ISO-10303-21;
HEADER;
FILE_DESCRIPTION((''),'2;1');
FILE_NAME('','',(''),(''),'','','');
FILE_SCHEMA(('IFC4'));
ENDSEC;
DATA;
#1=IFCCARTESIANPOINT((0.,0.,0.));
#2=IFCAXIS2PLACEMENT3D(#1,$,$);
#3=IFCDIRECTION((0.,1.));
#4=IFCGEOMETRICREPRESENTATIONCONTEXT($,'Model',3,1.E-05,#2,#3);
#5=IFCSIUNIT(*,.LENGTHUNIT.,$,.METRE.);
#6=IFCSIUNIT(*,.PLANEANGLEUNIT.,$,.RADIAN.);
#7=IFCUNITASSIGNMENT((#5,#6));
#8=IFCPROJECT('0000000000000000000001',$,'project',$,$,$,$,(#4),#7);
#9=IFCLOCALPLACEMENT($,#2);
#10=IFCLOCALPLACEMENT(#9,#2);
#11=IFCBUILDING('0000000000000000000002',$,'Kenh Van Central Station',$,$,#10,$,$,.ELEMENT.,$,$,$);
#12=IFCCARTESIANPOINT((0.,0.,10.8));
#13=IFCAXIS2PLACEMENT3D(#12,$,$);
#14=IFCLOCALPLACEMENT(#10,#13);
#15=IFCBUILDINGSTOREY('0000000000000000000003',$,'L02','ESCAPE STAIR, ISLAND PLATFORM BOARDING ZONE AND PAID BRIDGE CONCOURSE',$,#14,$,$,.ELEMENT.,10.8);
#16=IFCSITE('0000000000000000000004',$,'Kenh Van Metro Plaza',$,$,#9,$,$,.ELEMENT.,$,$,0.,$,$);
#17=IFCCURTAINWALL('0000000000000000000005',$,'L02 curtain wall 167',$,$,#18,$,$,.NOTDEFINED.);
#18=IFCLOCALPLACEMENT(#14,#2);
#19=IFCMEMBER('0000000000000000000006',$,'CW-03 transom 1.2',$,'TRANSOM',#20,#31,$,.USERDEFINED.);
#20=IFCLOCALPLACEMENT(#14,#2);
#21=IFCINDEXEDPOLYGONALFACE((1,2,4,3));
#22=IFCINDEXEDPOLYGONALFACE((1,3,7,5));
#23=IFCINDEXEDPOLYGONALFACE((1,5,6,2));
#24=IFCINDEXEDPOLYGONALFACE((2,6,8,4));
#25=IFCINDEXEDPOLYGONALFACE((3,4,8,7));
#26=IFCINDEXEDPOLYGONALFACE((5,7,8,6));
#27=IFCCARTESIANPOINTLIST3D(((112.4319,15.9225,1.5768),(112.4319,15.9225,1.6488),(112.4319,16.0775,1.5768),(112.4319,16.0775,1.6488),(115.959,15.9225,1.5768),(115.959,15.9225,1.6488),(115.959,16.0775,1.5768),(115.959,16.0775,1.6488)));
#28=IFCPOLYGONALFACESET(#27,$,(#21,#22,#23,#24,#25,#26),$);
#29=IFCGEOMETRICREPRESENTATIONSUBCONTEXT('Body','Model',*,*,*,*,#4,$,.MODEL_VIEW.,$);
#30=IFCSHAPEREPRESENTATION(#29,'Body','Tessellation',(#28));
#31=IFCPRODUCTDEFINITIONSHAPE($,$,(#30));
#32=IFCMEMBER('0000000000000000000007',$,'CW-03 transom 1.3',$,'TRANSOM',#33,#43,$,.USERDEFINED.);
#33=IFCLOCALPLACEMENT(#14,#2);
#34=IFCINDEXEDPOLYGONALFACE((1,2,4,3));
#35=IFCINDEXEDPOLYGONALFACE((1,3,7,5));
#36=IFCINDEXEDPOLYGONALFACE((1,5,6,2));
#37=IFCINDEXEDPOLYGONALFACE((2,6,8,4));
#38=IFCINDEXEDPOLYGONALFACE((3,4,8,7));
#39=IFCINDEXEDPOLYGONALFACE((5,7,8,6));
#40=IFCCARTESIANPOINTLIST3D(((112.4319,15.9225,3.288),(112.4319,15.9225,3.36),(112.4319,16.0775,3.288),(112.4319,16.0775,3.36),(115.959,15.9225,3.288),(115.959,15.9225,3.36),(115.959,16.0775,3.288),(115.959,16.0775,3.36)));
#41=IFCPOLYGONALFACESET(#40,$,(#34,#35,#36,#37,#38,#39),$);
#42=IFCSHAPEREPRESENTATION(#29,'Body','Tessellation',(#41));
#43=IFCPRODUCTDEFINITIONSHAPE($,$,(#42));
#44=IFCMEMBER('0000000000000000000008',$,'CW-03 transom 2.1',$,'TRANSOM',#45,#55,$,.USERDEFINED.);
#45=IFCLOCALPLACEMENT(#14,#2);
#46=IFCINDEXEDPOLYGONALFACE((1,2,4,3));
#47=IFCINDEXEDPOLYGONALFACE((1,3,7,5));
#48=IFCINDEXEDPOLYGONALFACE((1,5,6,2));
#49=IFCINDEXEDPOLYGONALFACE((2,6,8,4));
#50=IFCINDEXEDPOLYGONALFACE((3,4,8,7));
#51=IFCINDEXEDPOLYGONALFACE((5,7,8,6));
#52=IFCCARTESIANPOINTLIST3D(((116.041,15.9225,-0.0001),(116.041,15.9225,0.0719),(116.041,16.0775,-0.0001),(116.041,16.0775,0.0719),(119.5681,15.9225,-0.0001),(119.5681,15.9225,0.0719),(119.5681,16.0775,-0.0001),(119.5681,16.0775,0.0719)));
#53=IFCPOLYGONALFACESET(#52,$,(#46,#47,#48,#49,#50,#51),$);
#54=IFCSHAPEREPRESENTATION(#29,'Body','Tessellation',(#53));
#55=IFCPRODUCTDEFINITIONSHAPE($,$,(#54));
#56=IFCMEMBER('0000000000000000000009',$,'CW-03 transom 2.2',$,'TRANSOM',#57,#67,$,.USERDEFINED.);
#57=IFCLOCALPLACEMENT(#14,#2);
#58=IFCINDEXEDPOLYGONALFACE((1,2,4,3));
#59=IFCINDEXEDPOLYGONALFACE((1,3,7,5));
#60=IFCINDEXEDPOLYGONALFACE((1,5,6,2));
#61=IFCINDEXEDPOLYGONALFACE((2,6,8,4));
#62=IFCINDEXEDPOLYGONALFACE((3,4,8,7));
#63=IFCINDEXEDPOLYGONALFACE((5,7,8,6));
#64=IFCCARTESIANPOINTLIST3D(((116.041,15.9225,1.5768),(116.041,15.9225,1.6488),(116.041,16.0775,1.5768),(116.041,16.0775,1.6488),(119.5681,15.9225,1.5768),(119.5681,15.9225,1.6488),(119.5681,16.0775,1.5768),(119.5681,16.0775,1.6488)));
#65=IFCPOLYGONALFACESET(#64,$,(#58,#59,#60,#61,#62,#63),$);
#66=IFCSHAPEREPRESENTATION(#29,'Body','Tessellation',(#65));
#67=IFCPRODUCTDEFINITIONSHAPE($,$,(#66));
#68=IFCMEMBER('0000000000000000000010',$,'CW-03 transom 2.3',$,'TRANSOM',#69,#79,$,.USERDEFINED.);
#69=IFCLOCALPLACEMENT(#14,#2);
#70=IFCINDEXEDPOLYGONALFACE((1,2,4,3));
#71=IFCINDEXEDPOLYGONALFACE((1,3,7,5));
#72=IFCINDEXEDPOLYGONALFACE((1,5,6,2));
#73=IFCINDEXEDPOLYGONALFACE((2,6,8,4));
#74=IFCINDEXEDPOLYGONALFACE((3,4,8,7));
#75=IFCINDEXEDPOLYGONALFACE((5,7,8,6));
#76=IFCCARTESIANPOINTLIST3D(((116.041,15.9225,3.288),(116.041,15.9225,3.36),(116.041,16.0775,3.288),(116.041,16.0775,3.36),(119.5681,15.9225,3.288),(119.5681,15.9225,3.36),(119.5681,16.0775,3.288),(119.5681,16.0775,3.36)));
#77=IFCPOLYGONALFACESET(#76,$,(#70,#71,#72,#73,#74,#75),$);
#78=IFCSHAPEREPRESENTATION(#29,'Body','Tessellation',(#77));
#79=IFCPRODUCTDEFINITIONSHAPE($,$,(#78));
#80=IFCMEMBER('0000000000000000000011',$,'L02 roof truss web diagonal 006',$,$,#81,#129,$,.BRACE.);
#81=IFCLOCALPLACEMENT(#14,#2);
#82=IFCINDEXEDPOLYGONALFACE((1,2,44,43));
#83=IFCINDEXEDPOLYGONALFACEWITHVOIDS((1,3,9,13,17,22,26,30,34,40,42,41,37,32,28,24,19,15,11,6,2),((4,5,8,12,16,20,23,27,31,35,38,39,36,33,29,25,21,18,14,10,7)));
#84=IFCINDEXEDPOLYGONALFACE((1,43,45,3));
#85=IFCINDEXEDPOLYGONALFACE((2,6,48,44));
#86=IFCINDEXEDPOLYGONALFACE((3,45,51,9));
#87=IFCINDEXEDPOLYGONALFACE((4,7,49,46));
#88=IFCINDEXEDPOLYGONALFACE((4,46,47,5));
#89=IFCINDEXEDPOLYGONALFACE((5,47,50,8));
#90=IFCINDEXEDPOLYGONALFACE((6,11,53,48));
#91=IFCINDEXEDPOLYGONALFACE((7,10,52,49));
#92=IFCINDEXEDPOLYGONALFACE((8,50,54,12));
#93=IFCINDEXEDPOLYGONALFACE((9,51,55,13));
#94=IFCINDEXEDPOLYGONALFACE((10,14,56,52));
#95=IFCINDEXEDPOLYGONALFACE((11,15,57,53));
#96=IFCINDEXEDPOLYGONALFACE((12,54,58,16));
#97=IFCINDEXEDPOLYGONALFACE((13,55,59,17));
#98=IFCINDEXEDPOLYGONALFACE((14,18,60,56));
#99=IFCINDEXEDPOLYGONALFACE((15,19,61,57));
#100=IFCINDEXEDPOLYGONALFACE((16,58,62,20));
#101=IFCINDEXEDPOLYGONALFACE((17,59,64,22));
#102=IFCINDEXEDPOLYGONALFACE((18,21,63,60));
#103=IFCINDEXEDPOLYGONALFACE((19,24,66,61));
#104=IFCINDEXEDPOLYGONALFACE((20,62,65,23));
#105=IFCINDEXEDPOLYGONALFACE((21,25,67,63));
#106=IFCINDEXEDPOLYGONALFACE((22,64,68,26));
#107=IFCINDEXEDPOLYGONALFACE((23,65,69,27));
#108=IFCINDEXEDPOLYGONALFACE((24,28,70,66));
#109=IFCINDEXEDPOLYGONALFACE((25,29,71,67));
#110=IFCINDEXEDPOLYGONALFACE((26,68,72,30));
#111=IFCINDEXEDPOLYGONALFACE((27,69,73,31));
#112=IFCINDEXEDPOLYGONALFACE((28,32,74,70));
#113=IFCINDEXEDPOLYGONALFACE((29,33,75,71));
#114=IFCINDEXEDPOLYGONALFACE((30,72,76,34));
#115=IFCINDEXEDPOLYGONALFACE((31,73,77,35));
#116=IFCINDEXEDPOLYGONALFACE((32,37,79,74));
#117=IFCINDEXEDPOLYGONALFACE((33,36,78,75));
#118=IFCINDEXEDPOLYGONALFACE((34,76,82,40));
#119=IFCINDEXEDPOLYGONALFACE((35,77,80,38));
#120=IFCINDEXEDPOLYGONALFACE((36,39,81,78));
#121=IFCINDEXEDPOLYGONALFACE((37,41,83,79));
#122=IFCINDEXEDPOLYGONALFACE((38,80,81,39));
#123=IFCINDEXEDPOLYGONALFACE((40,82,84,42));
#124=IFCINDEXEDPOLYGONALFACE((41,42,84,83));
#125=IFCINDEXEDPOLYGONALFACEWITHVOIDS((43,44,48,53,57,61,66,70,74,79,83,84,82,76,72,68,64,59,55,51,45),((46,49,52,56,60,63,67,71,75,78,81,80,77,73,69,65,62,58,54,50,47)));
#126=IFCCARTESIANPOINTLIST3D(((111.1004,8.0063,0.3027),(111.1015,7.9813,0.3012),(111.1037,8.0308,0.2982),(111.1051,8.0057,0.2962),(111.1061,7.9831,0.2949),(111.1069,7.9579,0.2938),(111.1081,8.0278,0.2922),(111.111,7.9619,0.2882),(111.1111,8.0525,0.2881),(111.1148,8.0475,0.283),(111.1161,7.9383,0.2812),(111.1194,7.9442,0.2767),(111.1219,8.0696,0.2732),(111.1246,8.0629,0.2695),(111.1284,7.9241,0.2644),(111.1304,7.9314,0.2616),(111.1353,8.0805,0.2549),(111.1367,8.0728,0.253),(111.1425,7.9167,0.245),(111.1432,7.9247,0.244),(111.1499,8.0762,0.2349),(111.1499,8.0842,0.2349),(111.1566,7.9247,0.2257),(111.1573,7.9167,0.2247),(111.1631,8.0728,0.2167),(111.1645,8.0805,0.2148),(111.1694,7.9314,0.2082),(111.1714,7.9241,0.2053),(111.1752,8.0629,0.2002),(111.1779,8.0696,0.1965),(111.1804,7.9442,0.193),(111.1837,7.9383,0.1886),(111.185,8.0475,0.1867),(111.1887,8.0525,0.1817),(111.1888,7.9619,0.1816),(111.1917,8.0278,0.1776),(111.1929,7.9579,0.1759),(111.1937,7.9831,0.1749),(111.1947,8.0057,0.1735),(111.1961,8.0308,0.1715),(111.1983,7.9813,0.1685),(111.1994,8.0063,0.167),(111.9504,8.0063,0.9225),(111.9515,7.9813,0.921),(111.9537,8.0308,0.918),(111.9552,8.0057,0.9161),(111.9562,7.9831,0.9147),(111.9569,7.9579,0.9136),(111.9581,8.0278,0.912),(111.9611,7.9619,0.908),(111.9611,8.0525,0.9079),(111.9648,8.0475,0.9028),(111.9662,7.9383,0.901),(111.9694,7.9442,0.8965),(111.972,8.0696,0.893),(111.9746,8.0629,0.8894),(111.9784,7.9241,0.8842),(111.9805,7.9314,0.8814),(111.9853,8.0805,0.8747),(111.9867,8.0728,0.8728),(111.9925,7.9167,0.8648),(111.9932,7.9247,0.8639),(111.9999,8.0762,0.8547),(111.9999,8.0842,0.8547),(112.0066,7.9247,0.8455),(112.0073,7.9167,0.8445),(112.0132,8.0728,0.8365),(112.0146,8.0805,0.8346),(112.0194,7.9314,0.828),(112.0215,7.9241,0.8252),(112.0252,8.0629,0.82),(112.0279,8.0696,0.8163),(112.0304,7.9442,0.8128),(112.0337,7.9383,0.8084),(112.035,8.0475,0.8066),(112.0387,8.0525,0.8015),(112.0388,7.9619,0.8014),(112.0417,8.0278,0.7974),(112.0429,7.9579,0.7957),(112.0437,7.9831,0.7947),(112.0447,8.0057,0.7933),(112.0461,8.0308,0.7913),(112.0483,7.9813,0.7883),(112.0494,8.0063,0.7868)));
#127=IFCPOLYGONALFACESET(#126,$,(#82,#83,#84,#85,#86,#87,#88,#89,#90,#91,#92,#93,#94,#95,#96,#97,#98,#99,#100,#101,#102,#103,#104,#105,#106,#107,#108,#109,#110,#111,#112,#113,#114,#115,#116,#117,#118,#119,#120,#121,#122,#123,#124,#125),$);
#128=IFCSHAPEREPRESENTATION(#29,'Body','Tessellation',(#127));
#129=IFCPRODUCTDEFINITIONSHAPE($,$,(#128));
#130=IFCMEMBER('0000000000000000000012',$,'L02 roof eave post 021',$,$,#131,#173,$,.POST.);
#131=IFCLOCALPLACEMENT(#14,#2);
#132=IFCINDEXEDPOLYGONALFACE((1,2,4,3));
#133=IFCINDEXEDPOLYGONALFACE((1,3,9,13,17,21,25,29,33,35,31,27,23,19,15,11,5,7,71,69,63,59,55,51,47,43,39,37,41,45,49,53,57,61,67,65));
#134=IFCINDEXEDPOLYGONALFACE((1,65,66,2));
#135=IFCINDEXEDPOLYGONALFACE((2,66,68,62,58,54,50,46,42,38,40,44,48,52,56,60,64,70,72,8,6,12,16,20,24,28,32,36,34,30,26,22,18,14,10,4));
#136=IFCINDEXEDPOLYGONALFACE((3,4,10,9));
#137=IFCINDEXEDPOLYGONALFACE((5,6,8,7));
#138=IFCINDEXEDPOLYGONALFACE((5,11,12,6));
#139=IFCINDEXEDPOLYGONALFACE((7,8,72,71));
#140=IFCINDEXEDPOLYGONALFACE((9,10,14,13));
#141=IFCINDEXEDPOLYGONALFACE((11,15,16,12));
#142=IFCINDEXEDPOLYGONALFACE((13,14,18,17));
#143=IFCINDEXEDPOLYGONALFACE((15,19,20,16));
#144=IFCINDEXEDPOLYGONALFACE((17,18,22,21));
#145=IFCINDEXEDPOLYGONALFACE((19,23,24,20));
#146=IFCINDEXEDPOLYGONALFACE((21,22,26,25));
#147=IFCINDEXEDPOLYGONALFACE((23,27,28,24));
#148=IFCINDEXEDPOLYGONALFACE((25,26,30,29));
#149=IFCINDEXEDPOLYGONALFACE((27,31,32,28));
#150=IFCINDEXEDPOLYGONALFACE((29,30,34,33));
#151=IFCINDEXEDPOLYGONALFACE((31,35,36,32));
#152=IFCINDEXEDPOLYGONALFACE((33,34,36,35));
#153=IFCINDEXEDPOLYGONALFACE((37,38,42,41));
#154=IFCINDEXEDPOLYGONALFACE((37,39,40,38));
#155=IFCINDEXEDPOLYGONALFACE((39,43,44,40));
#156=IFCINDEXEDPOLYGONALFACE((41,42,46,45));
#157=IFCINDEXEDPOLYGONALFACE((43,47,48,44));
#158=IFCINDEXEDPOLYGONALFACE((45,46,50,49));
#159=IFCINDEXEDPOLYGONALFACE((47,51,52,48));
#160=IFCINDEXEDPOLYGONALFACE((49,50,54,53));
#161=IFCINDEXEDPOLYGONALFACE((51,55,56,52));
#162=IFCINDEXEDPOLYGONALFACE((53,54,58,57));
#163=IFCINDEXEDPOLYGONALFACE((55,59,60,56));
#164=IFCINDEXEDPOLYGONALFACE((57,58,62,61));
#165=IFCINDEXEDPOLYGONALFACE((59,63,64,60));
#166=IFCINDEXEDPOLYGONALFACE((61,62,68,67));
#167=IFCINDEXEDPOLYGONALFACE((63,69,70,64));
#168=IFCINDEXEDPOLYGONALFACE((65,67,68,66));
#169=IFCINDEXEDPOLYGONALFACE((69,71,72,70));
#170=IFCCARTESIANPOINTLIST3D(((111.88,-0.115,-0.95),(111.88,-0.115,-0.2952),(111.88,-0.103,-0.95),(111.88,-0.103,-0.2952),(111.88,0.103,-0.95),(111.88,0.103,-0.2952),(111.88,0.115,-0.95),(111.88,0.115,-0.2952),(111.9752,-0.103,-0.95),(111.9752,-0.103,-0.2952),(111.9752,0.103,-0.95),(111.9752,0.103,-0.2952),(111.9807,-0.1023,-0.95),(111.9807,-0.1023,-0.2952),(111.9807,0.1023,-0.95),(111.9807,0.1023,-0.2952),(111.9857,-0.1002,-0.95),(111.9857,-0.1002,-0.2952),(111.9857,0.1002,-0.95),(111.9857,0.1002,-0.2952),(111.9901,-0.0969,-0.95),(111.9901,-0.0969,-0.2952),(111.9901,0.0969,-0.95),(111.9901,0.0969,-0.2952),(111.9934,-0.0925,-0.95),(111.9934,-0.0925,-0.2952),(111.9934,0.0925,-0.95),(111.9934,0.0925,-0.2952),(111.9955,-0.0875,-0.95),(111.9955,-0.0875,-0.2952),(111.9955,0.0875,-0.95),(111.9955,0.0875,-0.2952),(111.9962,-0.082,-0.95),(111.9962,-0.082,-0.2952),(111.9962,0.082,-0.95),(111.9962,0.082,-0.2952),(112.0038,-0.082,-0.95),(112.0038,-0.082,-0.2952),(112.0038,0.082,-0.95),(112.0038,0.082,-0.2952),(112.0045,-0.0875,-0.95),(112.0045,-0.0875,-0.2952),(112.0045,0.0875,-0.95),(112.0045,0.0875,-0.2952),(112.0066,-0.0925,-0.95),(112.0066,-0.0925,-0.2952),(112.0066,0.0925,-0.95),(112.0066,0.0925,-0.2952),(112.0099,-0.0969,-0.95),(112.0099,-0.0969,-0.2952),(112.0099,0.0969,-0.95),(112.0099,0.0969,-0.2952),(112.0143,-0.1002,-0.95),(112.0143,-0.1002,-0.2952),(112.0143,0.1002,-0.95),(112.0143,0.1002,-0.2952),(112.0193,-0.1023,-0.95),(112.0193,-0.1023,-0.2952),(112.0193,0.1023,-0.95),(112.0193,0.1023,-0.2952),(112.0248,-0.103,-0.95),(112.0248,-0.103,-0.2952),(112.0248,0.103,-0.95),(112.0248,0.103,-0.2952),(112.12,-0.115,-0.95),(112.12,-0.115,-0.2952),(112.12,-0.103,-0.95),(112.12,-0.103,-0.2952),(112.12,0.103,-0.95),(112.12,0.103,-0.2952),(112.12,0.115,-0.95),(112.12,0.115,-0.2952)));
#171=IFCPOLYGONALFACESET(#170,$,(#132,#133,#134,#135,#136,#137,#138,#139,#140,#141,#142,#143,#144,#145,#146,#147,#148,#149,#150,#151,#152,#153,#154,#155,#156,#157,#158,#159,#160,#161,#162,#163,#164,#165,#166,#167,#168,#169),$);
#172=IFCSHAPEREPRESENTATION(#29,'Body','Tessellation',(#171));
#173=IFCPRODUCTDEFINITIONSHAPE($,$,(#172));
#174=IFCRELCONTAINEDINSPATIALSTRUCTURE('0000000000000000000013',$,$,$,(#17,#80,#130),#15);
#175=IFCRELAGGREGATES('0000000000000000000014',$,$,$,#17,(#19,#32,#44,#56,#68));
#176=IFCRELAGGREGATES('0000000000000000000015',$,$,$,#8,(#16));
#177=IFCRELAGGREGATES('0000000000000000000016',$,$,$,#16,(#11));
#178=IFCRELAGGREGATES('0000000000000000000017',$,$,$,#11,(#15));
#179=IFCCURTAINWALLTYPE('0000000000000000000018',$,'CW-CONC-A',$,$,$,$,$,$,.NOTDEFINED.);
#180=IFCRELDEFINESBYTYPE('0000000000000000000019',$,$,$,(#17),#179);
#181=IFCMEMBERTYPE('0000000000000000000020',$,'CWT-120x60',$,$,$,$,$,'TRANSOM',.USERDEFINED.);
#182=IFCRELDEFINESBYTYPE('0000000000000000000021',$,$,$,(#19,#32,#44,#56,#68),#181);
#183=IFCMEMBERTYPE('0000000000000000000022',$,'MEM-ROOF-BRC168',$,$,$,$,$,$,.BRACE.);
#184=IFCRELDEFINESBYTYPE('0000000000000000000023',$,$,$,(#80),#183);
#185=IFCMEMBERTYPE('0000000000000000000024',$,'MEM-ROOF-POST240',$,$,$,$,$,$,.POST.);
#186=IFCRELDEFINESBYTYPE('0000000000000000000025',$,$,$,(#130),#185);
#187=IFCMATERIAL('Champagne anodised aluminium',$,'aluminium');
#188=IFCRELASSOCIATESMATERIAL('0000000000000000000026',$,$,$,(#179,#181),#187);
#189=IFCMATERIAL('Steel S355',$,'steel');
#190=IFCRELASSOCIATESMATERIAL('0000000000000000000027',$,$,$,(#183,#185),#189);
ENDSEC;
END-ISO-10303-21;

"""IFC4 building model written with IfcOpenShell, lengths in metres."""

from ifc_helpers import new_model, si_unit, direction, frame, origin, origin_2d, place, context, subcontext, project, spatial, rectangle, hollow_circle, i_section, extrude, material, material_profile, profile_set, type_object, element, aggregate, save


model = new_model("IFC4")

# Units and contexts
model_context = context("Model", 3, precision=1e-05, world=origin(), true_north=direction((0.0, 1.0)))
body_context = subcontext(model_context, "Body", "Model", "MODEL_VIEW")
ifc_project = project(units=[si_unit("LENGTHUNIT", "METRE"), si_unit("PLANEANGLEUNIT", "RADIAN")], contexts=[model_context])

# Site, building, storey
site_placement = place(None, origin())
site = spatial("IfcSite", under=ifc_project, at=site_placement, Name="Kenh Van Metro Plaza", CompositionType="ELEMENT", RefElevation=0.0)
building_placement = place(site_placement, origin())
building = spatial("IfcBuilding", under=site, at=building_placement, Name="Kenh Van Central Station", CompositionType="ELEMENT")
storey_placement = place(building_placement, frame((0.0, 0.0, 10.8)))
storey = spatial("IfcBuildingStorey", under=building, at=storey_placement, Name="L02", Description="ESCAPE STAIR, ISLAND PLATFORM BOARDING ZONE AND PAID BRIDGE CONCOURSE", CompositionType="ELEMENT", Elevation=10.8)

# Shared definitions
ifc_material_1 = material(Name="Steel S355", Category="steel")

# Shared definitions
ifc_material_2 = material(Name="Champagne anodised aluminium", Category="aluminium")
curtain_wall_type = type_object("IfcCurtainWallType", Name="CW-CONC-A", PredefinedType="NOTDEFINED", material=ifc_material_2)

# Curtain wall
curtain_wall_1_placement = place(storey_placement, origin())
curtain_wall_1 = element("IfcCurtainWall", 1, at=curtain_wall_1_placement, inside=storey, type_object=curtain_wall_type, Name="L02 curtain wall 167", PredefinedType="NOTDEFINED")

# Members
ifc_material_profile_1 = material_profile(ifc_material_2, rectangle(XDim=0.155, YDim=0.072, at=origin_2d()), Name="AL 155x72")
ifc_profile_set_1 = profile_set([ifc_material_profile_1], Name="Champagne anodised aluminium")
member_type_1 = type_object("IfcMemberType", Name="CWT-120x60", ElementType="TRANSOM", PredefinedType="USERDEFINED", material=ifc_profile_set_1)
member_1_placement = place(storey_placement, frame((112.4319, 16.0, 1.6128), z_axis=(1.0, 0.0, 0.0), x_axis=(0.0, 1.0, 0.0)))
member_1 = element("IfcMember", 2, at=member_1_placement, type_object=member_type_1, Name="CW-03 transom 1.2", ObjectType="TRANSOM", PredefinedType="USERDEFINED", context=body_context, shape_type="SweptSolid", body=[
    extrude(rectangle(XDim=0.155, YDim=0.072, at=origin_2d()), origin(), (0.0, 0.0, 1.0), 3.5271),
])
member_2_placement = place(storey_placement, frame((112.4319, 16.0, 3.324), z_axis=(1.0, 0.0, 0.0), x_axis=(0.0, 1.0, 0.0)))
member_2 = element("IfcMember", 3, at=member_2_placement, type_object=member_type_1, Name="CW-03 transom 1.3", ObjectType="TRANSOM", PredefinedType="USERDEFINED", context=body_context, shape_type="SweptSolid", body=[
    extrude(rectangle(XDim=0.155, YDim=0.072, at=origin_2d()), origin(), (0.0, 0.0, 1.0), 3.5271),
])
member_3_placement = place(storey_placement, frame((116.041, 16.0, 0.0359), z_axis=(1.0, 0.0, 0.0), x_axis=(0.0, 1.0, 0.0)))
member_3 = element("IfcMember", 4, at=member_3_placement, type_object=member_type_1, Name="CW-03 transom 2.1", ObjectType="TRANSOM", PredefinedType="USERDEFINED", context=body_context, shape_type="SweptSolid", body=[
    extrude(rectangle(XDim=0.155, YDim=0.072, at=origin_2d()), origin(), (0.0, 0.0, 1.0), 3.5271),
])
member_4_placement = place(storey_placement, frame((116.041, 16.0, 1.6128), z_axis=(1.0, 0.0, 0.0), x_axis=(0.0, 1.0, 0.0)))
member_4 = element("IfcMember", 5, at=member_4_placement, type_object=member_type_1, Name="CW-03 transom 2.2", ObjectType="TRANSOM", PredefinedType="USERDEFINED", context=body_context, shape_type="SweptSolid", body=[
    extrude(rectangle(XDim=0.155, YDim=0.072, at=origin_2d()), origin(), (0.0, 0.0, 1.0), 3.5271),
])
member_5_placement = place(storey_placement, frame((116.041, 16.0, 3.324), z_axis=(1.0, 0.0, 0.0), x_axis=(0.0, 1.0, 0.0)))
member_5 = element("IfcMember", 6, at=member_5_placement, type_object=member_type_1, Name="CW-03 transom 2.3", ObjectType="TRANSOM", PredefinedType="USERDEFINED", context=body_context, shape_type="SweptSolid", body=[
    extrude(rectangle(XDim=0.155, YDim=0.072, at=origin_2d()), origin(), (0.0, 0.0, 1.0), 3.5271),
])

# Members
ifc_material_profile_2 = material_profile(ifc_material_1, hollow_circle(Radius=0.0842, WallThickness=0.0081, at=origin_2d()), Name="CHS 168.3x8")
ifc_profile_set_2 = profile_set([ifc_material_profile_2], Name="Steel S355")
member_type_2 = type_object("IfcMemberType", Name="MEM-ROOF-BRC168", PredefinedType="BRACE", material=ifc_profile_set_2)
member_6_placement = place(storey_placement, frame((111.1499, 8.0, 0.2349), z_axis=(0.808003, 0.0, 0.589178), x_axis=(0.0, 1.0, 0.0)))
element("IfcMember", 7, at=member_6_placement, inside=storey, type_object=member_type_2, Name="L02 roof truss web diagonal 006", PredefinedType="BRACE", context=body_context, shape_type="SweptSolid", body=[
    extrude(hollow_circle(Radius=0.0842, WallThickness=0.0081, at=origin_2d()), origin(), (0.0, 0.0, 1.0), 1.052),
])
ifc_material_profile_3 = material_profile(ifc_material_1, i_section(OverallWidth=0.24, OverallDepth=0.23, WebThickness=0.0076, FlangeThickness=0.012, FilletRadius=0.021, at=origin_2d()), Name="HEA 240")
ifc_profile_set_3 = profile_set([ifc_material_profile_3], Name="Steel S355")
member_type_3 = type_object("IfcMemberType", Name="MEM-ROOF-POST240", PredefinedType="POST", material=ifc_profile_set_3)
for number, where, z_axis, x_axis, name in (
    (8, (112.0, 0.0, -0.95), (0.0, 0.0, 1.0), (1.0, 0.0, 0.0), "L02 roof eave post 021"),
):
    element("IfcMember", number, at=place(storey_placement, frame(where, z_axis=z_axis, x_axis=x_axis)), inside=storey, type_object=member_type_3, Name=name, PredefinedType="POST", context=body_context, shape_type="SweptSolid", body=[
        extrude(i_section(OverallWidth=0.24, OverallDepth=0.23, WebThickness=0.0076, FlangeThickness=0.012, FilletRadius=0.021, at=origin_2d()), origin(), (0.0, 0.0, 1.0), 0.6548),
    ])

aggregate(curtain_wall_1, [member_1, member_2, member_3, member_4, member_5])

save(model, "model.ifc")
